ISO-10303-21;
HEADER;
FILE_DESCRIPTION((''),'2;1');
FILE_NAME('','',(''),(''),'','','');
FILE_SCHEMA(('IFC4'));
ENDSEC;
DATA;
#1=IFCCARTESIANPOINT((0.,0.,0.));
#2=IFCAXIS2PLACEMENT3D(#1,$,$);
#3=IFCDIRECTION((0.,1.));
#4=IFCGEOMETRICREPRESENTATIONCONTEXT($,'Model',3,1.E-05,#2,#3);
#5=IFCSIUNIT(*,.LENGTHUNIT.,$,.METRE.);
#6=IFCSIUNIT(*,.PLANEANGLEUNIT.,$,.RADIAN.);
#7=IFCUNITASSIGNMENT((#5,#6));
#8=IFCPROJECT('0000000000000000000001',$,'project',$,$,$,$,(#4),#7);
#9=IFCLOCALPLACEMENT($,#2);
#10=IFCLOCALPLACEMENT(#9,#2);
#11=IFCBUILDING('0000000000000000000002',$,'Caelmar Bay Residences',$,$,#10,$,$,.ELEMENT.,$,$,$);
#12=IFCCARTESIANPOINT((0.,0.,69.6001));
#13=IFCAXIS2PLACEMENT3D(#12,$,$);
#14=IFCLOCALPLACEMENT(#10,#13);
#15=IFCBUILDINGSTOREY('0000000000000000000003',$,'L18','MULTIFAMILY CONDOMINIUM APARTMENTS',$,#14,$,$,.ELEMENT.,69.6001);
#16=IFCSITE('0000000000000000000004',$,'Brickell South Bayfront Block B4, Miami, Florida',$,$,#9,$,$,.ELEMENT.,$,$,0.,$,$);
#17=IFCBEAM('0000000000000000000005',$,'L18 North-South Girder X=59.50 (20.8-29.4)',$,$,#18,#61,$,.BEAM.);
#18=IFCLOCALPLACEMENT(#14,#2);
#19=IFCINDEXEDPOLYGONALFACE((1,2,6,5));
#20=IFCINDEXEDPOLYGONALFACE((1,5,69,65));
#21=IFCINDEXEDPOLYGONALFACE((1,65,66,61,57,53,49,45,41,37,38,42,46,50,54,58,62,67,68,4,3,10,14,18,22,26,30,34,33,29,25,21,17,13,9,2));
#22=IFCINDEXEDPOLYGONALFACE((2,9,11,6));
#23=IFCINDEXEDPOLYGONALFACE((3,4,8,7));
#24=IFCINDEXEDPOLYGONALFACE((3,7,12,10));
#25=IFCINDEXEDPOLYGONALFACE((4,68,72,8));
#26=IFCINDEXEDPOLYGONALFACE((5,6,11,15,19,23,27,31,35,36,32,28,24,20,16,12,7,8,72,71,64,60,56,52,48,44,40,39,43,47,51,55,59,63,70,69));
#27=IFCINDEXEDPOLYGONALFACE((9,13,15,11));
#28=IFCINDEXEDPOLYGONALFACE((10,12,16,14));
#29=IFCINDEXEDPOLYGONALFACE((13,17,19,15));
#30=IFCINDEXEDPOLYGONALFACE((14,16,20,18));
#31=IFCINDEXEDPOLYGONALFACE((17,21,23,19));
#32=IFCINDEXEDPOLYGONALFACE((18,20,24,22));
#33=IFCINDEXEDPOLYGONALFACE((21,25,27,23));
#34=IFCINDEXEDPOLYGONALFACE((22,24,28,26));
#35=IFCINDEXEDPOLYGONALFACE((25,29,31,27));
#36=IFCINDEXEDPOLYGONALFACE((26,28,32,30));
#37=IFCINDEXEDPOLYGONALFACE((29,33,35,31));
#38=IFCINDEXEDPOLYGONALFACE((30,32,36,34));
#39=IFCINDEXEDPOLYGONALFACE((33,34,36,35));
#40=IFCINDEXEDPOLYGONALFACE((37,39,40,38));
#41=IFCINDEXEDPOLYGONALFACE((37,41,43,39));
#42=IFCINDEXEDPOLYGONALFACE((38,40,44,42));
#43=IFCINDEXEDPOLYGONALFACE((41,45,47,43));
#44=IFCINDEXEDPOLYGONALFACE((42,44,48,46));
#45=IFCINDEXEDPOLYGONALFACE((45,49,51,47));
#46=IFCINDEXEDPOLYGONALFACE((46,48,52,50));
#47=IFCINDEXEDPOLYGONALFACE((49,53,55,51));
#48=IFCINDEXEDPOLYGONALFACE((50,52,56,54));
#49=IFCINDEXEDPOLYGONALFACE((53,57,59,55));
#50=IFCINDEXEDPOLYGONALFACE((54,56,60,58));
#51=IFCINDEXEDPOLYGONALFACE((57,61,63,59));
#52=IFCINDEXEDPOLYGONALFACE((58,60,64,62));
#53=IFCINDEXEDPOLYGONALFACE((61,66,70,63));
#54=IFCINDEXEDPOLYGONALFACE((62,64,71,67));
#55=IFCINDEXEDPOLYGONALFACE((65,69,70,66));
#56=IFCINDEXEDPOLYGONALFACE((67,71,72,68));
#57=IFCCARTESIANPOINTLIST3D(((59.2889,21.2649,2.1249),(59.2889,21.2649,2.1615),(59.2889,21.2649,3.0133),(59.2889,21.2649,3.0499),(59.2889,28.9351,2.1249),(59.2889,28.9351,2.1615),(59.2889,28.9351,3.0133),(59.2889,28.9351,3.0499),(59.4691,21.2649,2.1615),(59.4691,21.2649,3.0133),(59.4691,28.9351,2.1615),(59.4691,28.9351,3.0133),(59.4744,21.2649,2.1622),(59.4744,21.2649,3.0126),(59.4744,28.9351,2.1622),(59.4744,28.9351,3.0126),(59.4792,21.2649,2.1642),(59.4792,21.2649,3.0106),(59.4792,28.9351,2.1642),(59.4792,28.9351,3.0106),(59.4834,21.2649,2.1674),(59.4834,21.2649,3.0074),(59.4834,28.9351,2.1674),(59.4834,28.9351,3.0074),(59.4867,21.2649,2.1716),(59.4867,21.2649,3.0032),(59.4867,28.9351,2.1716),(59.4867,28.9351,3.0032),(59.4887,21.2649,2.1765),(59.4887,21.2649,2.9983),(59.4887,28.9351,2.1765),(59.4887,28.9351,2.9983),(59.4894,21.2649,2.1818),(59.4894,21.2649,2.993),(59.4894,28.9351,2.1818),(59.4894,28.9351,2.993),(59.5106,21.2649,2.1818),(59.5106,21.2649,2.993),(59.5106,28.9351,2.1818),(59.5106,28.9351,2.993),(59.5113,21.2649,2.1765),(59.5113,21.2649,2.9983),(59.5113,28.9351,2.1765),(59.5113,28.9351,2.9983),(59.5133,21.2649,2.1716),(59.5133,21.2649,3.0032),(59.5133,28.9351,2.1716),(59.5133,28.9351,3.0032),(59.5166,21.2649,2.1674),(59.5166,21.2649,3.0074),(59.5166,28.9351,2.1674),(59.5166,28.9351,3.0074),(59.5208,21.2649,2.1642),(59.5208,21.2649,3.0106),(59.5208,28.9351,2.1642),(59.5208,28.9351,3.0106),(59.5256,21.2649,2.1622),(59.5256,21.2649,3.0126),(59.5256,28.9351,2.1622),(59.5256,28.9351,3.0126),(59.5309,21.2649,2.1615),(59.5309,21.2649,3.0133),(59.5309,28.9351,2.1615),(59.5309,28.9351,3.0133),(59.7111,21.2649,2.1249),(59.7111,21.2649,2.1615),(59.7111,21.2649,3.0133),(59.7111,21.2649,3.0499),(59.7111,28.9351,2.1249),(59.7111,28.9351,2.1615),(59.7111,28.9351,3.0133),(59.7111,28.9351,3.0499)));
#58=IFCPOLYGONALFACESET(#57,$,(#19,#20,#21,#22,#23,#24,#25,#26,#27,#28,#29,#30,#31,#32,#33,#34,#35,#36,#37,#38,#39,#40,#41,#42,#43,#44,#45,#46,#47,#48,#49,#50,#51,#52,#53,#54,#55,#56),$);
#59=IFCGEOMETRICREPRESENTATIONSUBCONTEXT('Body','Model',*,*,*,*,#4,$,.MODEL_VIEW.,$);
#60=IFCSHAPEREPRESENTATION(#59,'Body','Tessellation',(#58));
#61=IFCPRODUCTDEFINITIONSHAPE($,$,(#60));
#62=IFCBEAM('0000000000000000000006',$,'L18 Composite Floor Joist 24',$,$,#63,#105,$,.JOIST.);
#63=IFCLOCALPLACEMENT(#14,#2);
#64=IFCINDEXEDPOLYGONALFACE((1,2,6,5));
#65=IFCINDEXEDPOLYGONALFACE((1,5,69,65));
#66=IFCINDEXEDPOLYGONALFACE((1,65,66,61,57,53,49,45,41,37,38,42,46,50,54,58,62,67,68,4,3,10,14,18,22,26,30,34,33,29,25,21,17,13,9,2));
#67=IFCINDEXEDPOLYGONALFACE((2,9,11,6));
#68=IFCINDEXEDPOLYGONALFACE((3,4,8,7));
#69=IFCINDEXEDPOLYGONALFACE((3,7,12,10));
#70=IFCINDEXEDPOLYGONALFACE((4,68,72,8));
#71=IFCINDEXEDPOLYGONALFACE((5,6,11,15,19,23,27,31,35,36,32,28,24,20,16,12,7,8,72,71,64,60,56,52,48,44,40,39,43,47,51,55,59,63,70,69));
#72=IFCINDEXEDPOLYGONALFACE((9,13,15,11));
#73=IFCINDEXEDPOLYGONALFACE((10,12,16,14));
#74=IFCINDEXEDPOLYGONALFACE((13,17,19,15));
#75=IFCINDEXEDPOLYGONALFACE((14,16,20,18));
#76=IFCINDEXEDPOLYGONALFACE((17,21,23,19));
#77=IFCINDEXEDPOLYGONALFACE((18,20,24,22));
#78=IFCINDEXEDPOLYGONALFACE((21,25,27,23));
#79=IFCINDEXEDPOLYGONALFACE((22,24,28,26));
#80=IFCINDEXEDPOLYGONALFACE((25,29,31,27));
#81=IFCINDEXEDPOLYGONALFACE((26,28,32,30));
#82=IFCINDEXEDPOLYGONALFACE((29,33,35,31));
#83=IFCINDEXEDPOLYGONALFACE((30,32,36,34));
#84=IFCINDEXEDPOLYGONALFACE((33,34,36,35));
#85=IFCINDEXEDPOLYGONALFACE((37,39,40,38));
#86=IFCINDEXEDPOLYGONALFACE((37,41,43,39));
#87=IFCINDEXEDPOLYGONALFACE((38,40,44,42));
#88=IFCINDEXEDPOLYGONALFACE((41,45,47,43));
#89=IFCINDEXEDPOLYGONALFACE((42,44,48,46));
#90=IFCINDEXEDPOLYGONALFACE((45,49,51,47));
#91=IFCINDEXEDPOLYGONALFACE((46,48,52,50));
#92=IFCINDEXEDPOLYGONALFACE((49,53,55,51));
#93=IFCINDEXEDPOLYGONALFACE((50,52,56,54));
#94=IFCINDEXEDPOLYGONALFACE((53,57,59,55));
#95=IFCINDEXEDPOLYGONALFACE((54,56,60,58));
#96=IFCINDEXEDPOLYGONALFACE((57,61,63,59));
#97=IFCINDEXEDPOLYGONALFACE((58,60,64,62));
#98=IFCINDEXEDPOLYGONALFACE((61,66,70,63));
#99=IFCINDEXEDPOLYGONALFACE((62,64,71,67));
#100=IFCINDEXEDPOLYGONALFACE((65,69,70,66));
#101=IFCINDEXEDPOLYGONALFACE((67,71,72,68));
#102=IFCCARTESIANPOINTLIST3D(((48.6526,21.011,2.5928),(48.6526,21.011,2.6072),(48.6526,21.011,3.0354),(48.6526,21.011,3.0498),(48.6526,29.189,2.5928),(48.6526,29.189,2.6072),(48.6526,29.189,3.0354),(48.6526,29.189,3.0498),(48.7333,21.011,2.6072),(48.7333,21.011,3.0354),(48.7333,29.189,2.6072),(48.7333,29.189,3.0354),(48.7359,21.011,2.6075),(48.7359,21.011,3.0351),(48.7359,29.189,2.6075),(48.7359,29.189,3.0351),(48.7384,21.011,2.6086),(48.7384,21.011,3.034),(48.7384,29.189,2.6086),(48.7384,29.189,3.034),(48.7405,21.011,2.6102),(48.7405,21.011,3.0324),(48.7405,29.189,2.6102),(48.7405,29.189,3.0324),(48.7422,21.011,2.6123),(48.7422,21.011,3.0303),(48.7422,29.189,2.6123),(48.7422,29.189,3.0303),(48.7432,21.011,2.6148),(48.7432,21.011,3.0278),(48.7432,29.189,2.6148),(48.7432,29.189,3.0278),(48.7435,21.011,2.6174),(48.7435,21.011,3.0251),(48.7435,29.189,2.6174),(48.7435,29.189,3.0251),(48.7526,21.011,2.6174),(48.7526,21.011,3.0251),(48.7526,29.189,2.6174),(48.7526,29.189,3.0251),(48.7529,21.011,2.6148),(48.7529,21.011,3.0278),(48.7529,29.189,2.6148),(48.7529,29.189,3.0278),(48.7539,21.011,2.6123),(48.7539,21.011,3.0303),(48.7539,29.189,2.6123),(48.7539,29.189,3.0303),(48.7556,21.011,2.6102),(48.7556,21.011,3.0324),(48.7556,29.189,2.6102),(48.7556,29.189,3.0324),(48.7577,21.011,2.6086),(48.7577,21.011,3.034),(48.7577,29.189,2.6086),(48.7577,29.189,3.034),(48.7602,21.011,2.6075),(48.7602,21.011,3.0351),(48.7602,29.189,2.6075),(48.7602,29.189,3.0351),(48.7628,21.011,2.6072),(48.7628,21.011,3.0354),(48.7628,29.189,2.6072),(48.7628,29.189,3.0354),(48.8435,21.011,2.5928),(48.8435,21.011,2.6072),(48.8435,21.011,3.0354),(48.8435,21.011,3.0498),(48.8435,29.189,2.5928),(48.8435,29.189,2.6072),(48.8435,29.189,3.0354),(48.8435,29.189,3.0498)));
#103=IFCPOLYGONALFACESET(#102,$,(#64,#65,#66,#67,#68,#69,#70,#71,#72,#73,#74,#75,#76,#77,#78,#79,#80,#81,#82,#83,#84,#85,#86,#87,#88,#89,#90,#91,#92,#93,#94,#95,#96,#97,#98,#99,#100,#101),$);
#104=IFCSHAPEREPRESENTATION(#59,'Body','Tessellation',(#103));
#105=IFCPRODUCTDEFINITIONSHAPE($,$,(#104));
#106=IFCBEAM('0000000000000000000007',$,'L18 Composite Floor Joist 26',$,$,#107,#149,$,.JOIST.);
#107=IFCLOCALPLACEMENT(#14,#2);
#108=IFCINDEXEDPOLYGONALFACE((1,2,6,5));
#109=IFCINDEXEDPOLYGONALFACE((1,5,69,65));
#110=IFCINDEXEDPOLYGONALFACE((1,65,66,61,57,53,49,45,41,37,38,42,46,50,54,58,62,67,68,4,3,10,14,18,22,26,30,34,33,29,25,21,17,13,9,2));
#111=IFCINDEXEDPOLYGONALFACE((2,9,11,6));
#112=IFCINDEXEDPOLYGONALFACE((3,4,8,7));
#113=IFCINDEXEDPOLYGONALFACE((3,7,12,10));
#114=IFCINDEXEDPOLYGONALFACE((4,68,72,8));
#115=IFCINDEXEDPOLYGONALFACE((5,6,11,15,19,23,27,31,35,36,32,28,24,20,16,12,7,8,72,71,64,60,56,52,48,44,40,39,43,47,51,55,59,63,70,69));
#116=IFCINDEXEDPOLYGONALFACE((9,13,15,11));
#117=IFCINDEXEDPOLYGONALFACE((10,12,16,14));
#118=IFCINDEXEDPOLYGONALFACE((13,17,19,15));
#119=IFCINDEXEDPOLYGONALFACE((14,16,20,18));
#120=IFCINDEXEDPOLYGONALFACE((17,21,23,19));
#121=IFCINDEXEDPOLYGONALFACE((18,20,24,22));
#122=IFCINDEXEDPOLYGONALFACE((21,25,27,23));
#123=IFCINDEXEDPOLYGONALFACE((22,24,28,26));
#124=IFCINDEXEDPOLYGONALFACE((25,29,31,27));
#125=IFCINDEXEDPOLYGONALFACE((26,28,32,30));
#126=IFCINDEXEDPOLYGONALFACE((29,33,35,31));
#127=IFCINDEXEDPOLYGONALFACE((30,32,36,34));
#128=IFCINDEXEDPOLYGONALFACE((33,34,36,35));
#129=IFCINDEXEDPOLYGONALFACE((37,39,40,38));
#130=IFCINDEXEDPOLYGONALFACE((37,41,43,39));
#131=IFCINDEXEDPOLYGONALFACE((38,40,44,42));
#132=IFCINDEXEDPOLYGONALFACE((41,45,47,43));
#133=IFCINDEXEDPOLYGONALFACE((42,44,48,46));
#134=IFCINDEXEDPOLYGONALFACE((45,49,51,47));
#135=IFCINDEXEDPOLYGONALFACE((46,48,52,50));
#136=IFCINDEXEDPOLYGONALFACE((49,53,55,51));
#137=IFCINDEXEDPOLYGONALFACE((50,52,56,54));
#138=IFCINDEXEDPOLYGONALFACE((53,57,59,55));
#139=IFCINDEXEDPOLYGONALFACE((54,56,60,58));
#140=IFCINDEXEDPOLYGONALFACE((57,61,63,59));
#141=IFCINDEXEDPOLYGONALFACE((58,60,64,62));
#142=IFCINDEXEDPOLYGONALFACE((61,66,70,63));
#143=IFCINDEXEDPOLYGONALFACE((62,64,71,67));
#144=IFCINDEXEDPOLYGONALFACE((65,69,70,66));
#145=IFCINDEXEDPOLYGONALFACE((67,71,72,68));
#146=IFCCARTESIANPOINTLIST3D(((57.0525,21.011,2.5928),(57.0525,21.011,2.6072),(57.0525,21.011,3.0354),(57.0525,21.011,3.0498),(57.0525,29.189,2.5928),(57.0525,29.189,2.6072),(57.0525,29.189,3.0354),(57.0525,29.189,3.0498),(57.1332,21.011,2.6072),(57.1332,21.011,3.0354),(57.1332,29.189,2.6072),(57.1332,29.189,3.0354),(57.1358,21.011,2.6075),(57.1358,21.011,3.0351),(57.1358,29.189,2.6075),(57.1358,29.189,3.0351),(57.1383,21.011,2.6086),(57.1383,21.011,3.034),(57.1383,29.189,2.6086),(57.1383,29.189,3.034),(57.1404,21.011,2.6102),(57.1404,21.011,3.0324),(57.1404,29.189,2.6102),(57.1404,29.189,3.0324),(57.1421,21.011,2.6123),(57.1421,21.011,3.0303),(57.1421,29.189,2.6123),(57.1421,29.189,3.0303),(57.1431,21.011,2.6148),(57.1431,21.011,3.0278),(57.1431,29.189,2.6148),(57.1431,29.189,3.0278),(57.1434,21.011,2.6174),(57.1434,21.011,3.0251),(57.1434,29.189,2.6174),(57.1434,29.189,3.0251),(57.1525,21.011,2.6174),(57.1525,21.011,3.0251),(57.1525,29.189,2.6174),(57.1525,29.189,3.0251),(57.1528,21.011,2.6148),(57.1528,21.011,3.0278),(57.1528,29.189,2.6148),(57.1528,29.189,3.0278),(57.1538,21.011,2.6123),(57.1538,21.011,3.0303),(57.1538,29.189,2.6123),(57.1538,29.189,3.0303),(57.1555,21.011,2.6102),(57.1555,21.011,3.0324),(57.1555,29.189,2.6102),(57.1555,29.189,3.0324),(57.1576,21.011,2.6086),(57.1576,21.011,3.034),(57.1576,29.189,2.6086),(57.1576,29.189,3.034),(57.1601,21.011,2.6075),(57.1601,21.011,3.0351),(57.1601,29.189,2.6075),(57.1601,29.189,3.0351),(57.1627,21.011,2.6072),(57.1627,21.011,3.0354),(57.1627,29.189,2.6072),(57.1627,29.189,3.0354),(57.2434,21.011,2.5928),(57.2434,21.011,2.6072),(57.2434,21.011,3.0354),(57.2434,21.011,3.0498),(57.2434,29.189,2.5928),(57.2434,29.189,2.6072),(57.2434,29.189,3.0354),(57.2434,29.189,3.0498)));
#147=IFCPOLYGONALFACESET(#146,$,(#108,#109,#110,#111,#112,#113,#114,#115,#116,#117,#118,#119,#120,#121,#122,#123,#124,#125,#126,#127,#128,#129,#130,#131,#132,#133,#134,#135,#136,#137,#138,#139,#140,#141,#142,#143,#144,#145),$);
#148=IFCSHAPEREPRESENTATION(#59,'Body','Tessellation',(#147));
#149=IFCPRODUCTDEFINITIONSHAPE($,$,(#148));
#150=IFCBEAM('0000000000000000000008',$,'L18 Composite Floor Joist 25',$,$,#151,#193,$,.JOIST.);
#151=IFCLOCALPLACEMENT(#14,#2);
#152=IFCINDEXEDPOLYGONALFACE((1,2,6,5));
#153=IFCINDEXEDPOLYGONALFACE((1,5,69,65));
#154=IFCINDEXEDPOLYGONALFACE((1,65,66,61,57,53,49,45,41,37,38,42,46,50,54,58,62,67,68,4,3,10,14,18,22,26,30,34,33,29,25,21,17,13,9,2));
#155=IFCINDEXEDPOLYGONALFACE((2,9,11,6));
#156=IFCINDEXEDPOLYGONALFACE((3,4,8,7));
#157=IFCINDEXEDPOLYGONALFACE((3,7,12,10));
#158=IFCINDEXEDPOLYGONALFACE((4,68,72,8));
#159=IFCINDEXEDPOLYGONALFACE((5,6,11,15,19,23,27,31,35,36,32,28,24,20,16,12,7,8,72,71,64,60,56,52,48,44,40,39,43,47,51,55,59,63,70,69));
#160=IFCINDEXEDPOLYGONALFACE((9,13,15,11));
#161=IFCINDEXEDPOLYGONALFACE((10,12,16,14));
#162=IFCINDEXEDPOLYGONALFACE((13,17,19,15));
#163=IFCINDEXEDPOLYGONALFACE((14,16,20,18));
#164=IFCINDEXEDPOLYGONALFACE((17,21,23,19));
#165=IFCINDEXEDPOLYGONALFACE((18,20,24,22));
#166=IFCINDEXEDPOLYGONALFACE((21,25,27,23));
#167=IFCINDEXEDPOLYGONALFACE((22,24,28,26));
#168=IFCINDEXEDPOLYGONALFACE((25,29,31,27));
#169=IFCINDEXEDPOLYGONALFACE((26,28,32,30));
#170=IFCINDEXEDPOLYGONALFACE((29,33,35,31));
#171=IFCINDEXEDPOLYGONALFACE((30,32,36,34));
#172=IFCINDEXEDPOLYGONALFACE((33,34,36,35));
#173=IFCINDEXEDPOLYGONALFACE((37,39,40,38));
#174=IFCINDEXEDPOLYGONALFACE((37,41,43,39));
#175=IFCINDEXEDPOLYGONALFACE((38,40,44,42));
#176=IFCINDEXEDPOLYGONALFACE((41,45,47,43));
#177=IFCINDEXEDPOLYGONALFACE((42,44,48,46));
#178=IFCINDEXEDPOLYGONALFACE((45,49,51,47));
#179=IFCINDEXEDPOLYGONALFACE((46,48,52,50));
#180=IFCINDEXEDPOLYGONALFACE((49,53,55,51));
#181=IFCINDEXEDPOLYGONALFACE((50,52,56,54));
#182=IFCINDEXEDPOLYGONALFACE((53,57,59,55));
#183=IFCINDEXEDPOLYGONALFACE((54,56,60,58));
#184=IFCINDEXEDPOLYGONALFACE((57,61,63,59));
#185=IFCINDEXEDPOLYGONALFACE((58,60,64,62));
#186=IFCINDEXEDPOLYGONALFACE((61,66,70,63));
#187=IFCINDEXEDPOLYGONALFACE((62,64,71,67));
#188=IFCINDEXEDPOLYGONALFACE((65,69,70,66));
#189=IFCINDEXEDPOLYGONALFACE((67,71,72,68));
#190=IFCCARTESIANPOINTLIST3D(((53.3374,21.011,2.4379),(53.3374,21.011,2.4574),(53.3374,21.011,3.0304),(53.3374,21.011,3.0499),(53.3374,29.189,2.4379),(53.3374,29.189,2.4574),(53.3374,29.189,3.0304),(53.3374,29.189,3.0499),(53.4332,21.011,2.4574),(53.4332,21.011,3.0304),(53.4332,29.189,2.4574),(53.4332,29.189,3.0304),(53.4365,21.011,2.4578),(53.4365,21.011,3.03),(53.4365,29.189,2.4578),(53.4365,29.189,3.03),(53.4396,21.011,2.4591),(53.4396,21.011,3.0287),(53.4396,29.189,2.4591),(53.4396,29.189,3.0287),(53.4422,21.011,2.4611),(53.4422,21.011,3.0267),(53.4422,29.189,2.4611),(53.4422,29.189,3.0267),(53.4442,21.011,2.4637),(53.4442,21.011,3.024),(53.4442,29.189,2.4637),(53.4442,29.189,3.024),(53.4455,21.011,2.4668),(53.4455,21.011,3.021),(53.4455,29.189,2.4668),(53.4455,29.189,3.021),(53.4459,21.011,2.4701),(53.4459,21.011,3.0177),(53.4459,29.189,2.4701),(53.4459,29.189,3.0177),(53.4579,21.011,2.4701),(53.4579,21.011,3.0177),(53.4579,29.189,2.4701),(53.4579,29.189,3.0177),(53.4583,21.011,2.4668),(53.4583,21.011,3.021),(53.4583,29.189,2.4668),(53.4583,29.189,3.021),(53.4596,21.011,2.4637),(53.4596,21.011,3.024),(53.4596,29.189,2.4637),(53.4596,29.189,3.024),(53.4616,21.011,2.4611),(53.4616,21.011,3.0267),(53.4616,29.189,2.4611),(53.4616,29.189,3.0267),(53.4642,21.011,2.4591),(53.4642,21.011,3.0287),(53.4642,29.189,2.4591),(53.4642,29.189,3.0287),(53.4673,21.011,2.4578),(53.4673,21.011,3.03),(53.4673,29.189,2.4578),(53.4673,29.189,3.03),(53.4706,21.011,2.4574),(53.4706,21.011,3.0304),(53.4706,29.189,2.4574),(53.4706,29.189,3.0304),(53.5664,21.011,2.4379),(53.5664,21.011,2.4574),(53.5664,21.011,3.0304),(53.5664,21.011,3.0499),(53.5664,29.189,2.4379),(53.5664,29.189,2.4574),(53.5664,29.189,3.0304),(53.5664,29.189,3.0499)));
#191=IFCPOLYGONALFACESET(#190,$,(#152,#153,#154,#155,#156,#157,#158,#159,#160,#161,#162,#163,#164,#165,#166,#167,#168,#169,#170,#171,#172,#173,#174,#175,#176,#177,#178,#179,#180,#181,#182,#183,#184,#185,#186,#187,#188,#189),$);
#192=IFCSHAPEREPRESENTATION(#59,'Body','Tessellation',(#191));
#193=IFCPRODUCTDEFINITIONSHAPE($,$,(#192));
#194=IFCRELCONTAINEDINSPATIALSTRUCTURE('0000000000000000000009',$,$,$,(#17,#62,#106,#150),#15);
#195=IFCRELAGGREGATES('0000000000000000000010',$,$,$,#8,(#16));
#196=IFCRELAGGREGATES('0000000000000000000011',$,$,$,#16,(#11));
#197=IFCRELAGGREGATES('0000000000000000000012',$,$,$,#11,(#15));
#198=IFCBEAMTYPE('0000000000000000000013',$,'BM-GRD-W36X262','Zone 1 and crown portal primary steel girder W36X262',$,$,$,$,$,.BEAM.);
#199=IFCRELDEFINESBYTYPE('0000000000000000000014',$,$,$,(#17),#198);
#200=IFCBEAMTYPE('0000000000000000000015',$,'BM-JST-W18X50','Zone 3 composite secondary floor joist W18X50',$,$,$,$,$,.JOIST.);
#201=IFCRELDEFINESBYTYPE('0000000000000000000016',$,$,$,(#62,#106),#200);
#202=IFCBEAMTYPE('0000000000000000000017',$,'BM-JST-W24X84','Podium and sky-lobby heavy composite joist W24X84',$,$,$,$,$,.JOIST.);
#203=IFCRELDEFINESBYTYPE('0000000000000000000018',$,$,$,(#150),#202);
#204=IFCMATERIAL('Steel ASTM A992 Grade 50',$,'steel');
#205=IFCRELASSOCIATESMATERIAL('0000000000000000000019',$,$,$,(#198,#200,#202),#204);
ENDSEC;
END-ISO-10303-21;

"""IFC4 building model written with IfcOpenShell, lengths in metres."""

from ifc_helpers import new_model, si_unit, direction, frame, origin, origin_2d, place, context, subcontext, project, spatial, i_section, extrude, material, material_profile, profile_set, type_object, element, save


model = new_model("IFC4")

# Units and contexts
model_context = context("Model", 3, precision=1e-05, world=origin(), true_north=direction((0.0, 1.0)))
body_context = subcontext(model_context, "Body", "Model", "MODEL_VIEW")
ifc_project = project(units=[si_unit("LENGTHUNIT", "METRE"), si_unit("PLANEANGLEUNIT", "RADIAN")], contexts=[model_context])

# Site, building, storey
site_placement = place(None, origin())
site = spatial("IfcSite", under=ifc_project, at=site_placement, Name="Brickell South Bayfront Block B4, Miami, Florida", CompositionType="ELEMENT", RefElevation=0.0)
building_placement = place(site_placement, origin())
building = spatial("IfcBuilding", under=site, at=building_placement, Name="Caelmar Bay Residences", CompositionType="ELEMENT")
storey_placement = place(building_placement, frame((0.0, 0.0, 69.6001)))
storey = spatial("IfcBuildingStorey", under=building, at=storey_placement, Name="L18", Description="MULTIFAMILY CONDOMINIUM APARTMENTS", CompositionType="ELEMENT", Elevation=69.6001)

# Beams
ifc_material_1 = material(Name="Steel ASTM A992 Grade 50", Category="steel")
ifc_material_profile_1 = material_profile(ifc_material_1, i_section(OverallWidth=0.4221, OverallDepth=0.925, WebThickness=0.0212, FlangeThickness=0.0366, FilletRadius=0.0203, at=origin_2d()), Name="W36X262")
ifc_profile_set_1 = profile_set([ifc_material_profile_1], Name="Steel ASTM A992 Grade 50")
beam_type_1 = type_object("IfcBeamType", Name="BM-GRD-W36X262", Description="Zone 1 and crown portal primary steel girder W36X262", PredefinedType="BEAM", material=ifc_profile_set_1)
beam_1_placement = place(storey_placement, frame((59.5, 21.2649, 2.5874), z_axis=(0.0, 1.0, 0.0), x_axis=(-1.0, 0.0, 0.0)))
element("IfcBeam", 1, at=beam_1_placement, inside=storey, type_object=beam_type_1, Name="L18 North-South Girder X=59.50 (20.8-29.4)", PredefinedType="BEAM", context=body_context, shape_type="SweptSolid", body=[
    extrude(i_section(OverallWidth=0.4221, OverallDepth=0.925, WebThickness=0.0212, FlangeThickness=0.0366, FilletRadius=0.0203, at=origin_2d()), origin(), (0.0, 0.0, 1.0), 7.6702),
])
ifc_material_profile_2 = material_profile(ifc_material_1, i_section(OverallWidth=0.1909, OverallDepth=0.457, WebThickness=0.009, FlangeThickness=0.0144, FilletRadius=0.0103, at=origin_2d()), Name="W18X50")
ifc_profile_set_2 = profile_set([ifc_material_profile_2], Name="Steel ASTM A992 Grade 50")
beam_type_2 = type_object("IfcBeamType", Name="BM-JST-W18X50", Description="Zone 3 composite secondary floor joist W18X50", PredefinedType="JOIST", material=ifc_profile_set_2)
for number, where, z_axis, x_axis, name in (
    (2, (48.748, 21.011, 2.8213), (0.0, 1.0, 0.0), (-1.0, 0.0, 0.0), "L18 Composite Floor Joist 24"),
    (3, (57.1479, 21.011, 2.8213), (0.0, 1.0, 0.0), (-1.0, 0.0, 0.0), "L18 Composite Floor Joist 26"),
):
    element("IfcBeam", number, at=place(storey_placement, frame(where, z_axis=z_axis, x_axis=x_axis)), inside=storey, type_object=beam_type_2, Name=name, PredefinedType="JOIST", context=body_context, shape_type="SweptSolid", body=[
        extrude(i_section(OverallWidth=0.1909, OverallDepth=0.457, WebThickness=0.009, FlangeThickness=0.0144, FilletRadius=0.0103, at=origin_2d()), origin(), (0.0, 0.0, 1.0), 8.178),
    ])
ifc_material_profile_3 = material_profile(ifc_material_1, i_section(OverallWidth=0.229, OverallDepth=0.6121, WebThickness=0.012, FlangeThickness=0.0195, FilletRadius=0.0127, at=origin_2d()), Name="W24X84")
ifc_profile_set_3 = profile_set([ifc_material_profile_3], Name="Steel ASTM A992 Grade 50")
beam_type_3 = type_object("IfcBeamType", Name="BM-JST-W24X84", Description="Podium and sky-lobby heavy composite joist W24X84", PredefinedType="JOIST", material=ifc_profile_set_3)
beam_2_placement = place(storey_placement, frame((53.4519, 21.011, 2.7439), z_axis=(0.0, 1.0, 0.0), x_axis=(-1.0, 0.0, 0.0)))
element("IfcBeam", 4, at=beam_2_placement, inside=storey, type_object=beam_type_3, Name="L18 Composite Floor Joist 25", PredefinedType="JOIST", context=body_context, shape_type="SweptSolid", body=[
    extrude(i_section(OverallWidth=0.229, OverallDepth=0.6121, WebThickness=0.012, FlangeThickness=0.0195, FilletRadius=0.0127, at=origin_2d()), origin(), (0.0, 0.0, 1.0), 8.178),
])

save(model, "model.ifc")
